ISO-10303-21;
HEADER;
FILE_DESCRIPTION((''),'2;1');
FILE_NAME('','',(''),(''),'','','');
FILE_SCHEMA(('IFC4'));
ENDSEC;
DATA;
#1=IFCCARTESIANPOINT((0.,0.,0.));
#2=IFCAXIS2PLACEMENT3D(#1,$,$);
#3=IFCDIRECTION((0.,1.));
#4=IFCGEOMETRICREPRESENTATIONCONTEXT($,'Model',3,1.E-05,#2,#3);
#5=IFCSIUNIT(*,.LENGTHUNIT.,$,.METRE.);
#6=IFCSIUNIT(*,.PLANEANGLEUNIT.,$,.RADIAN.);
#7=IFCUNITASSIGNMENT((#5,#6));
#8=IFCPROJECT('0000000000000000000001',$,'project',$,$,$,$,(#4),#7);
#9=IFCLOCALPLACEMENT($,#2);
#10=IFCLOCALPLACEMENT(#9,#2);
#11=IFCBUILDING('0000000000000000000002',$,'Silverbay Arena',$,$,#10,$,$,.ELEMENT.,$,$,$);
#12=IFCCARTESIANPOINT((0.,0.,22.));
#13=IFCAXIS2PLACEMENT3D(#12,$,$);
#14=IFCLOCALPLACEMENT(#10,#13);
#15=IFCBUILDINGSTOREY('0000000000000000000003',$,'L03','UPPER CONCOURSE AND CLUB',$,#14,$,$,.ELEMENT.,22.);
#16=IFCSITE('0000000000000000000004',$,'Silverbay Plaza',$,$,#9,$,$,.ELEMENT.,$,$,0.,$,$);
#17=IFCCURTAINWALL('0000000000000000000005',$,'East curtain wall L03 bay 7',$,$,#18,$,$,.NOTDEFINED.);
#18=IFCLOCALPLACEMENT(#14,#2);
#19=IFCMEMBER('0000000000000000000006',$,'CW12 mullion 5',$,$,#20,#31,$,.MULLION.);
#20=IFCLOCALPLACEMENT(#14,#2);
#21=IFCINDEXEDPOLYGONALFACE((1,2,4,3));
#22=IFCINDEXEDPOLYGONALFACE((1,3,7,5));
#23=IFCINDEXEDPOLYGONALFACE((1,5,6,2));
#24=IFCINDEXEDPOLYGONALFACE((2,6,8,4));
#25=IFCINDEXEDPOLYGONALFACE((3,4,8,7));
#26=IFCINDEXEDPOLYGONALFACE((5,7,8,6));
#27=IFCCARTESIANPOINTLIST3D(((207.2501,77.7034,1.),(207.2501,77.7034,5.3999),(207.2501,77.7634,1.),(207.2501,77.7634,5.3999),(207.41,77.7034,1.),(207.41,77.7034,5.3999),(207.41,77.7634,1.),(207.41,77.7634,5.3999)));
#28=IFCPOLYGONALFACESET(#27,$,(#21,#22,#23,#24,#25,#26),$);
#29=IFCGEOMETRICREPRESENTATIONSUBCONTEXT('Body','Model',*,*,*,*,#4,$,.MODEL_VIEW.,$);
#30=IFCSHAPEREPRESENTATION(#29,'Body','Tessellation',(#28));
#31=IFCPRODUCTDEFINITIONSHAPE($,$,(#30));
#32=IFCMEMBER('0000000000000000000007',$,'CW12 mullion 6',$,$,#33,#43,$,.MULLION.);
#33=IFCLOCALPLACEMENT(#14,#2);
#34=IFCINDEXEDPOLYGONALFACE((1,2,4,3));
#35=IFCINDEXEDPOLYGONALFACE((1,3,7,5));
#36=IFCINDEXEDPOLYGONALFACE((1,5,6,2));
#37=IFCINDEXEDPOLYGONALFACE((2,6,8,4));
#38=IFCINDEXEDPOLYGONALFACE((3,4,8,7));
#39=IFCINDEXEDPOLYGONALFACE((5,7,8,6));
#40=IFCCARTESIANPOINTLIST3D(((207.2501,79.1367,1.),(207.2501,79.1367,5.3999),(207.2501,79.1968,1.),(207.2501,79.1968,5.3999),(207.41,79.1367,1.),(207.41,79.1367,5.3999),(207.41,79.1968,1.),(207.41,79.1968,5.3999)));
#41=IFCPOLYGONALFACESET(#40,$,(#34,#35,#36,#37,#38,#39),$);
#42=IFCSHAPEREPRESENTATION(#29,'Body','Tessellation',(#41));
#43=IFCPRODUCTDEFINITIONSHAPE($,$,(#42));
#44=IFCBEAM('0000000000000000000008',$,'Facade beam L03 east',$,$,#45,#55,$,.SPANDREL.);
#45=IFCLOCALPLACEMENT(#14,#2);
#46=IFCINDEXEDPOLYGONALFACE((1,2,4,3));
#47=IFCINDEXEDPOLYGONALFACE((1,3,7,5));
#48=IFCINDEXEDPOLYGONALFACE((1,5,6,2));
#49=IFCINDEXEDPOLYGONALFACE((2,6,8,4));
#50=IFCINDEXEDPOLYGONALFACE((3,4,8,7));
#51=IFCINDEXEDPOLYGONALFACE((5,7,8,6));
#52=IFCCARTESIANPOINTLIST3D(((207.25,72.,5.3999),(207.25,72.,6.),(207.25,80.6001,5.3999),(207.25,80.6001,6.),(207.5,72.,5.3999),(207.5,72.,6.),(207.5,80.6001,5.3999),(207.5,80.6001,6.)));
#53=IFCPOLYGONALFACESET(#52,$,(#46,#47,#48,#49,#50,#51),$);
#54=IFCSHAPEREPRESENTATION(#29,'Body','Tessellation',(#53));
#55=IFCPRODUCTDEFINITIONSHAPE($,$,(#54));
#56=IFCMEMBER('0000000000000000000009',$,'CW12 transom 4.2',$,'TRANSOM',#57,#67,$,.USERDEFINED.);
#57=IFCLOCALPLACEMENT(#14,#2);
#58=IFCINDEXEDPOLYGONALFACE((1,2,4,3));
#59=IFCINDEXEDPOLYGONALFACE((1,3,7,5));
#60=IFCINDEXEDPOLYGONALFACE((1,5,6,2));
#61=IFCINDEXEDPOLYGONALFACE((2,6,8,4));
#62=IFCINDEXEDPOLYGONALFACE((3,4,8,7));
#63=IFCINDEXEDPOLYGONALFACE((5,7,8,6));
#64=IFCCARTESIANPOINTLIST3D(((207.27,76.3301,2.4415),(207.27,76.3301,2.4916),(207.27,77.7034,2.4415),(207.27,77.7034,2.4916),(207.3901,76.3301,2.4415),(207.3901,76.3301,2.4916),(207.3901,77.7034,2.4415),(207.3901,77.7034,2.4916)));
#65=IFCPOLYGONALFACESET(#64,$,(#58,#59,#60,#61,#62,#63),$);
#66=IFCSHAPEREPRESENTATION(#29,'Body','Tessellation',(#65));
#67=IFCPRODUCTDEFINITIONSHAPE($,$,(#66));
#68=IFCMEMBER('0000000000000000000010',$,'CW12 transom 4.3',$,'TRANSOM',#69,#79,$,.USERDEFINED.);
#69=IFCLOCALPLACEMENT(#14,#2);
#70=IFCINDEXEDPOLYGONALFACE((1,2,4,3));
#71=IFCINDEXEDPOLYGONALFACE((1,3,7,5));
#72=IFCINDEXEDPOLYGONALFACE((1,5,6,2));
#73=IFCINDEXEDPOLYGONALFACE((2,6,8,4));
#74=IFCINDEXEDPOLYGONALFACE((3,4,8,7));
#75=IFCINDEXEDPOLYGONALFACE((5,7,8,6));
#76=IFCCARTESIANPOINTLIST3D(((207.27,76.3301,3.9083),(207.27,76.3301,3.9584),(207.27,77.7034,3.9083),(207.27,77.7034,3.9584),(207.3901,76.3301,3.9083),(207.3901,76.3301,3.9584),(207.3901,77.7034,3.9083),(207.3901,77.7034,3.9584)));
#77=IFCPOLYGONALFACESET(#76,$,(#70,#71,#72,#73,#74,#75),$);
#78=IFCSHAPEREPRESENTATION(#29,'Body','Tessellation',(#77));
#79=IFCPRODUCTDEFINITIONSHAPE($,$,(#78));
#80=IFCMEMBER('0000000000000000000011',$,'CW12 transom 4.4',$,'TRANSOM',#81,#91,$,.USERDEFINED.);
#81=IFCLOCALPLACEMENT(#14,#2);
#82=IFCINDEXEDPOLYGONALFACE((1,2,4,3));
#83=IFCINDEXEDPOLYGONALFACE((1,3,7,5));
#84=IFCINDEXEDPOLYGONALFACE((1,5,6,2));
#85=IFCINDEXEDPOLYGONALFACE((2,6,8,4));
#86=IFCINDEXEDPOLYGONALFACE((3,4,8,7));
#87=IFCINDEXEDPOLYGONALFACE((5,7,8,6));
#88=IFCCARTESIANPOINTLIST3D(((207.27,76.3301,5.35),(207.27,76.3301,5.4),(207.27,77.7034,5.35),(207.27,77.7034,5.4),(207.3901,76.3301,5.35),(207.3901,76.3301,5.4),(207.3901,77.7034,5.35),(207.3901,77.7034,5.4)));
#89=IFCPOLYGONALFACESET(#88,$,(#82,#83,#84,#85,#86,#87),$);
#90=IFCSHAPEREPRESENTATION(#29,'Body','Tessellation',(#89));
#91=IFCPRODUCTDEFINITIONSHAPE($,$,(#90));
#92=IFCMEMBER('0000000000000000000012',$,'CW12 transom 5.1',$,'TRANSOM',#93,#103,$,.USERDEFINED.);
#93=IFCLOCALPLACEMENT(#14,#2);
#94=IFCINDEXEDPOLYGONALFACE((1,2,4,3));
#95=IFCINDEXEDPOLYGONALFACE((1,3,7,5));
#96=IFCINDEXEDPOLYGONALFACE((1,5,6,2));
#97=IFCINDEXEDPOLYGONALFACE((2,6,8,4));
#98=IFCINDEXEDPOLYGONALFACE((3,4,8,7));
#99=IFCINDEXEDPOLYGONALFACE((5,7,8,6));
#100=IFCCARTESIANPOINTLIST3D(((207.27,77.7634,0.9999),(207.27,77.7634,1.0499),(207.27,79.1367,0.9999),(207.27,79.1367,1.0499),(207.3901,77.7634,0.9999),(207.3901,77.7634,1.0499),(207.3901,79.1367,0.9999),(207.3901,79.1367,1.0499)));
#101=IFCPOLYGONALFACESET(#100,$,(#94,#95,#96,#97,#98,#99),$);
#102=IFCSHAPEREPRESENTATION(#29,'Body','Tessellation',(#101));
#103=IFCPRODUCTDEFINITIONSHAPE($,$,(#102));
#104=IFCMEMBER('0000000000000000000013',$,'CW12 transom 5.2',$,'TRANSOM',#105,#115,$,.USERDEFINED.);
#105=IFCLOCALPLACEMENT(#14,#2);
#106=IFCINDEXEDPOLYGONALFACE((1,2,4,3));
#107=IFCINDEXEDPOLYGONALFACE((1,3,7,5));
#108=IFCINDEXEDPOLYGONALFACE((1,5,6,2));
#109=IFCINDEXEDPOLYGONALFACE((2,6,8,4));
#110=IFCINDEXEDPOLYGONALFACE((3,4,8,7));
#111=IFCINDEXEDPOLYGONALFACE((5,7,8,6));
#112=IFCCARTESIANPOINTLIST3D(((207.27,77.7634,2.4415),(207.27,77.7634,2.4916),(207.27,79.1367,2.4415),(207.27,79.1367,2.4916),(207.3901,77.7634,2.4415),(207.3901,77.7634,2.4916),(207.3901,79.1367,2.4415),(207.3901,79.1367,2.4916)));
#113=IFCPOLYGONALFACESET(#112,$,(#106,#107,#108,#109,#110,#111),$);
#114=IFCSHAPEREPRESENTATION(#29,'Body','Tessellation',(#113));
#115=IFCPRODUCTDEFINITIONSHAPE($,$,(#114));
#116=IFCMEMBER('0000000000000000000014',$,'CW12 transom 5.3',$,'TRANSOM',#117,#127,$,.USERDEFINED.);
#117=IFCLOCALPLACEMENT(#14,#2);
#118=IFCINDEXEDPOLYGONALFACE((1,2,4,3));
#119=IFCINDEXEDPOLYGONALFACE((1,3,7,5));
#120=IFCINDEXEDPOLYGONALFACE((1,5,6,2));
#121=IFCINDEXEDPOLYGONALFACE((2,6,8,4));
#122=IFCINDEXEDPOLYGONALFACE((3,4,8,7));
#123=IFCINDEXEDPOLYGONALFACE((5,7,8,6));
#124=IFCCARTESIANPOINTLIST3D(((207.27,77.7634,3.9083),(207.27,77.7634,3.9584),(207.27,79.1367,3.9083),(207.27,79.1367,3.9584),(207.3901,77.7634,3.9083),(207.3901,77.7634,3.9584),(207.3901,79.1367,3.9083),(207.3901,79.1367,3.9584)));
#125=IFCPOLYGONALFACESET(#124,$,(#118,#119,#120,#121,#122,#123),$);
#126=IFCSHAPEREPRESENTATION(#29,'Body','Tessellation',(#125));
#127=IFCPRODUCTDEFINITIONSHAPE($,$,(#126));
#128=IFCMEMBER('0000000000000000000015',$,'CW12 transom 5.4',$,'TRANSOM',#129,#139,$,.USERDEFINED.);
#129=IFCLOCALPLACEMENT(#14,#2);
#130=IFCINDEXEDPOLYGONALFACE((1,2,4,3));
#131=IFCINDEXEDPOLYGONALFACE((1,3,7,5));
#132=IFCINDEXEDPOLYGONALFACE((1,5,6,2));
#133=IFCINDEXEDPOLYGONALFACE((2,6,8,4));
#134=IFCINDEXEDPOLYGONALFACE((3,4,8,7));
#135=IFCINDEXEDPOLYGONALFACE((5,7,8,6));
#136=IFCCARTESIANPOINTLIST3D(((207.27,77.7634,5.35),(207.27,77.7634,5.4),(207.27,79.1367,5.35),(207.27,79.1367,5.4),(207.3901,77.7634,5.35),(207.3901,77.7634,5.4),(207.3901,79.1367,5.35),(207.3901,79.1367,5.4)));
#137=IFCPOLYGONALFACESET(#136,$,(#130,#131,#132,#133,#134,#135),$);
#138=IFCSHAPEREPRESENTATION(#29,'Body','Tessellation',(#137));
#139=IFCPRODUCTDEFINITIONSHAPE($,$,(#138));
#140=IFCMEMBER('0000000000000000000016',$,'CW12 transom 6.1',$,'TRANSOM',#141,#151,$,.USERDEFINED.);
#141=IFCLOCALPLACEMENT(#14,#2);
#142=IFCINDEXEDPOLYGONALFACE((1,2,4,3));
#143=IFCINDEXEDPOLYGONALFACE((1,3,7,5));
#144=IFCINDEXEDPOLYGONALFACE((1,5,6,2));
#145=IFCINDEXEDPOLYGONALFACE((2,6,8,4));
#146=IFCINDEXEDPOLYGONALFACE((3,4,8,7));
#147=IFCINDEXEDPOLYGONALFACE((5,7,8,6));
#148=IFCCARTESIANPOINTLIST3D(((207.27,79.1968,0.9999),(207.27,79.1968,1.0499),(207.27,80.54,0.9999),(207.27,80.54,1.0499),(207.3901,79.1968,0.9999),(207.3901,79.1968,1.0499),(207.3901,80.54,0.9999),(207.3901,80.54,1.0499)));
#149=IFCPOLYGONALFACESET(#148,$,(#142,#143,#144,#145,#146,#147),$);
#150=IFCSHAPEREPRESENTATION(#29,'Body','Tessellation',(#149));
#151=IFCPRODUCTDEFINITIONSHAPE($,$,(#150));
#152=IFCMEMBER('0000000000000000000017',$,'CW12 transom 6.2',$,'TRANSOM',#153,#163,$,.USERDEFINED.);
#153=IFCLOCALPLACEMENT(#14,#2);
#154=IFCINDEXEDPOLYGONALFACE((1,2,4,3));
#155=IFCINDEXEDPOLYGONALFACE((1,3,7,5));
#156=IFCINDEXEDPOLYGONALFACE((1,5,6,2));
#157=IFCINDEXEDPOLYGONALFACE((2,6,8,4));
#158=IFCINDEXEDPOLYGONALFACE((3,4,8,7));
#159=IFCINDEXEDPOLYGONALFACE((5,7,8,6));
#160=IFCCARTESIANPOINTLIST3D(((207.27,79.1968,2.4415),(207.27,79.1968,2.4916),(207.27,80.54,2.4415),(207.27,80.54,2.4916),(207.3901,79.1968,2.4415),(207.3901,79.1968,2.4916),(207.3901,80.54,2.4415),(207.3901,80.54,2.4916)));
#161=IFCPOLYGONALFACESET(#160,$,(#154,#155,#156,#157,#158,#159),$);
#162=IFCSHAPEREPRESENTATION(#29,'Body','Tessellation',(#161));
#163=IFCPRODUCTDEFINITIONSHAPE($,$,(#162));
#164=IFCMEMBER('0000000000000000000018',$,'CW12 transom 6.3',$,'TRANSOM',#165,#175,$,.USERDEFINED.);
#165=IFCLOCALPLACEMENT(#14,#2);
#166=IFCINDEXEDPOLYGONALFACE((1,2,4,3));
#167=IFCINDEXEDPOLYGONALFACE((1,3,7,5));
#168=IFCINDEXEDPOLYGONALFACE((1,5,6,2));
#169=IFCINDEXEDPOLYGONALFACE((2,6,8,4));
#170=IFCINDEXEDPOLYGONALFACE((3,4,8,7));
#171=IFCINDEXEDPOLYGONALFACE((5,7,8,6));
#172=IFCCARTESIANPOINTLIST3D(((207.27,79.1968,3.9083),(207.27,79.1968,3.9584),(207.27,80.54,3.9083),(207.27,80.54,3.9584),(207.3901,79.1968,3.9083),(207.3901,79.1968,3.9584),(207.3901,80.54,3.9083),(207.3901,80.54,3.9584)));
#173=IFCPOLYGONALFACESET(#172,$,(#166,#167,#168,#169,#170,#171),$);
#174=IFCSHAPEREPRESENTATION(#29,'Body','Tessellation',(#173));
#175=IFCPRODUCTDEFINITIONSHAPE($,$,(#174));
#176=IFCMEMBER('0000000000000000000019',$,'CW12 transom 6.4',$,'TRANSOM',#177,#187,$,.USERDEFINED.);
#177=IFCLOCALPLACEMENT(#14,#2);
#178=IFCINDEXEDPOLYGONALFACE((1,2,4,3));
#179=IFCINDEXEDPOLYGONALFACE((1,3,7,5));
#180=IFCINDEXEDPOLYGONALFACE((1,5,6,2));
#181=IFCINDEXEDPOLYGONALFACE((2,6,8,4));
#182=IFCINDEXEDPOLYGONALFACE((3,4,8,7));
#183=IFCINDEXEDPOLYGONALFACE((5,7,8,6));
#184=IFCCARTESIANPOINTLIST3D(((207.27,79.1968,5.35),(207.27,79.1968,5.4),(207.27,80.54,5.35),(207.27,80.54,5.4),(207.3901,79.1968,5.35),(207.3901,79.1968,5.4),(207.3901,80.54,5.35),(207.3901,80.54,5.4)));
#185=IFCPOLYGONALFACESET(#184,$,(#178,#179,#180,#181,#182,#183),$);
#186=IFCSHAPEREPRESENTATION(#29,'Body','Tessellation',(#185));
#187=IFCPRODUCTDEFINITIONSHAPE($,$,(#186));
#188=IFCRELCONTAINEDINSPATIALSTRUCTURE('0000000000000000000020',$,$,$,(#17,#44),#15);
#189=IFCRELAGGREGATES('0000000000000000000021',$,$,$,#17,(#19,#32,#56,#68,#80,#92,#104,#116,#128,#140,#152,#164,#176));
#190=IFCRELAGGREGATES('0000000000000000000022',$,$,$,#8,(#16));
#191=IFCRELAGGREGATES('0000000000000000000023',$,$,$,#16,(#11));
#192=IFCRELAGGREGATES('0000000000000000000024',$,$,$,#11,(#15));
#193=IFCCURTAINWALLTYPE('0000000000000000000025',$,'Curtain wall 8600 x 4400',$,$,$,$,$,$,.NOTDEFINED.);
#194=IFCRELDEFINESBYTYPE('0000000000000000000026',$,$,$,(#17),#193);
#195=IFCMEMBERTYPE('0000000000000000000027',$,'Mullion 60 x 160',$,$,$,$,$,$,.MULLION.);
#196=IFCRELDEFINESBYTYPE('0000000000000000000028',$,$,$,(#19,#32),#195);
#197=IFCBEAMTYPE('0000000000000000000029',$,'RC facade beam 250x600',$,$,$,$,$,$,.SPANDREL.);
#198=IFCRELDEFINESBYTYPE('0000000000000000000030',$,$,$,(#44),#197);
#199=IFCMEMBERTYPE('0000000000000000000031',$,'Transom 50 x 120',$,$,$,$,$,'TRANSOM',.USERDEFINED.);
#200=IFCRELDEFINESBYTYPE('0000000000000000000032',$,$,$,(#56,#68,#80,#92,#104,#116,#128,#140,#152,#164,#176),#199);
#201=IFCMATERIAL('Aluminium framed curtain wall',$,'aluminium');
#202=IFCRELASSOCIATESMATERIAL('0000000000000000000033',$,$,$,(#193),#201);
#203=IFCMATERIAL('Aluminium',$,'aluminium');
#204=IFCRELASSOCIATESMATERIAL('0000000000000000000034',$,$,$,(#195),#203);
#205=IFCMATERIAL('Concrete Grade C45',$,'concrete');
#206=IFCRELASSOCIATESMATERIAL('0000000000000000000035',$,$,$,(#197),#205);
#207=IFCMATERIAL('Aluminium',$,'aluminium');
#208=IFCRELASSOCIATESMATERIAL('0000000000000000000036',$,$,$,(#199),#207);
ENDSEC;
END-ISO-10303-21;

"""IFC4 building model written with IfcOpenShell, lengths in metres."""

from ifc_helpers import new_model, si_unit, direction, frame, origin, origin_2d, place, context, subcontext, project, spatial, rectangle, extrude, material, material_profile, profile_set, type_object, element, aggregate, save


model = new_model("IFC4")

# Units and contexts
model_context = context("Model", 3, precision=1e-05, world=origin(), true_north=direction((0.0, 1.0)))
body_context = subcontext(model_context, "Body", "Model", "MODEL_VIEW")
ifc_project = project(units=[si_unit("LENGTHUNIT", "METRE"), si_unit("PLANEANGLEUNIT", "RADIAN")], contexts=[model_context])

# Site, building, storey
site_placement = place(None, origin())
site = spatial("IfcSite", under=ifc_project, at=site_placement, Name="Silverbay Plaza", CompositionType="ELEMENT", RefElevation=0.0)
building_placement = place(site_placement, origin())
building = spatial("IfcBuilding", under=site, at=building_placement, Name="Silverbay Arena", CompositionType="ELEMENT")
storey_placement = place(building_placement, frame((0.0, 0.0, 22.0)))
storey = spatial("IfcBuildingStorey", under=building, at=storey_placement, Name="L03", Description="UPPER CONCOURSE AND CLUB", CompositionType="ELEMENT", Elevation=22.0)

# Curtain wall, members
ifc_material_1 = material(Name="Aluminium framed curtain wall", Category="aluminium")
curtain_wall_type = type_object("IfcCurtainWallType", Name="Curtain wall 8600 x 4400", PredefinedType="NOTDEFINED", material=ifc_material_1)
curtain_wall_placement = place(storey_placement, origin())
curtain_wall = element("IfcCurtainWall", 1, at=curtain_wall_placement, inside=storey, type_object=curtain_wall_type, Name="East curtain wall L03 bay 7", PredefinedType="NOTDEFINED")
ifc_material_2 = material(Name="Aluminium", Category="aluminium")
ifc_material_profile_1 = material_profile(ifc_material_2, rectangle(XDim=0.1599, YDim=0.0601, at=origin_2d()), Name="Mullion 60 x 160")
ifc_profile_set_1 = profile_set([ifc_material_profile_1], Name="Aluminium")
member_type_1 = type_object("IfcMemberType", Name="Mullion 60 x 160", PredefinedType="MULLION", material=ifc_profile_set_1)
member_1_placement = place(storey_placement, frame((207.3301, 77.7334, 1.0), z_axis=(0.0, 0.0, 1.0), x_axis=(-1.0, 0.0, 0.0)))
member_1 = element("IfcMember", 2, at=member_1_placement, type_object=member_type_1, Name="CW12 mullion 5", PredefinedType="MULLION", context=body_context, shape_type="SweptSolid", body=[
    extrude(rectangle(XDim=0.1599, YDim=0.0601, at=origin_2d()), origin(), (0.0, 0.0, 1.0), 4.3999),
])
member_2_placement = place(storey_placement, frame((207.3301, 79.1667, 1.0), z_axis=(0.0, 0.0, 1.0), x_axis=(-1.0, 0.0, 0.0)))
member_2 = element("IfcMember", 3, at=member_2_placement, type_object=member_type_1, Name="CW12 mullion 6", PredefinedType="MULLION", context=body_context, shape_type="SweptSolid", body=[
    extrude(rectangle(XDim=0.1599, YDim=0.0601, at=origin_2d()), origin(), (0.0, 0.0, 1.0), 4.3999),
])

# Beam
ifc_material_3 = material(Name="Concrete Grade C45", Category="concrete")
ifc_material_profile_2 = material_profile(ifc_material_3, rectangle(XDim=0.25, YDim=0.6001, at=origin_2d()), Name="RC 250x600")
ifc_profile_set_2 = profile_set([ifc_material_profile_2], Name="Concrete Grade C45")
beam_type = type_object("IfcBeamType", Name="RC facade beam 250x600", PredefinedType="SPANDREL", material=ifc_profile_set_2)
beam_placement = place(storey_placement, frame((207.375, 72.0, 5.7), z_axis=(0.0, 1.0, 0.0), x_axis=(-1.0, 0.0, 0.0)))
element("IfcBeam", 4, at=beam_placement, inside=storey, type_object=beam_type, Name="Facade beam L03 east", PredefinedType="SPANDREL", context=body_context, shape_type="SweptSolid", body=[
    extrude(rectangle(XDim=0.25, YDim=0.6001, at=origin_2d()), origin(), (0.0, 0.0, 1.0), 8.6001),
])

# Members
ifc_material_4 = material(Name="Aluminium", Category="aluminium")
ifc_material_profile_3 = material_profile(ifc_material_4, rectangle(XDim=0.1201, YDim=0.05, at=origin_2d()), Name="Transom 50 x 120")
ifc_profile_set_3 = profile_set([ifc_material_profile_3], Name="Aluminium")
member_type_2 = type_object("IfcMemberType", Name="Transom 50 x 120", ElementType="TRANSOM", PredefinedType="USERDEFINED", material=ifc_profile_set_3)
member_3_placement = place(storey_placement, frame((207.3301, 76.3301, 2.4666), z_axis=(0.0, 1.0, 0.0), x_axis=(-1.0, 0.0, 0.0)))
member_3 = element("IfcMember", 5, at=member_3_placement, type_object=member_type_2, Name="CW12 transom 4.2", ObjectType="TRANSOM", PredefinedType="USERDEFINED", context=body_context, shape_type="SweptSolid", body=[
    extrude(rectangle(XDim=0.1201, YDim=0.05, at=origin_2d()), origin(), (0.0, 0.0, 1.0), 1.3733),
])
member_4_placement = place(storey_placement, frame((207.3301, 76.3301, 3.9333), z_axis=(0.0, 1.0, 0.0), x_axis=(-1.0, 0.0, 0.0)))
member_4 = element("IfcMember", 6, at=member_4_placement, type_object=member_type_2, Name="CW12 transom 4.3", ObjectType="TRANSOM", PredefinedType="USERDEFINED", context=body_context, shape_type="SweptSolid", body=[
    extrude(rectangle(XDim=0.1201, YDim=0.05, at=origin_2d()), origin(), (0.0, 0.0, 1.0), 1.3733),
])
member_5_placement = place(storey_placement, frame((207.3301, 76.3301, 5.375), z_axis=(0.0, 1.0, 0.0), x_axis=(-1.0, 0.0, 0.0)))
member_5 = element("IfcMember", 7, at=member_5_placement, type_object=member_type_2, Name="CW12 transom 4.4", ObjectType="TRANSOM", PredefinedType="USERDEFINED", context=body_context, shape_type="SweptSolid", body=[
    extrude(rectangle(XDim=0.1201, YDim=0.05, at=origin_2d()), origin(), (0.0, 0.0, 1.0), 1.3733),
])
member_6_placement = place(storey_placement, frame((207.3301, 77.7634, 1.0249), z_axis=(0.0, 1.0, 0.0), x_axis=(-1.0, 0.0, 0.0)))
member_6 = element("IfcMember", 8, at=member_6_placement, type_object=member_type_2, Name="CW12 transom 5.1", ObjectType="TRANSOM", PredefinedType="USERDEFINED", context=body_context, shape_type="SweptSolid", body=[
    extrude(rectangle(XDim=0.1201, YDim=0.05, at=origin_2d()), origin(), (0.0, 0.0, 1.0), 1.3733),
])
member_7_placement = place(storey_placement, frame((207.3301, 77.7634, 2.4666), z_axis=(0.0, 1.0, 0.0), x_axis=(-1.0, 0.0, 0.0)))
member_7 = element("IfcMember", 9, at=member_7_placement, type_object=member_type_2, Name="CW12 transom 5.2", ObjectType="TRANSOM", PredefinedType="USERDEFINED", context=body_context, shape_type="SweptSolid", body=[
    extrude(rectangle(XDim=0.1201, YDim=0.05, at=origin_2d()), origin(), (0.0, 0.0, 1.0), 1.3733),
])
member_8_placement = place(storey_placement, frame((207.3301, 77.7634, 3.9333), z_axis=(0.0, 1.0, 0.0), x_axis=(-1.0, 0.0, 0.0)))
member_8 = element("IfcMember", 10, at=member_8_placement, type_object=member_type_2, Name="CW12 transom 5.3", ObjectType="TRANSOM", PredefinedType="USERDEFINED", context=body_context, shape_type="SweptSolid", body=[
    extrude(rectangle(XDim=0.1201, YDim=0.05, at=origin_2d()), origin(), (0.0, 0.0, 1.0), 1.3733),
])
member_9_placement = place(storey_placement, frame((207.3301, 77.7634, 5.375), z_axis=(0.0, 1.0, 0.0), x_axis=(-1.0, 0.0, 0.0)))
member_9 = element("IfcMember", 11, at=member_9_placement, type_object=member_type_2, Name="CW12 transom 5.4", ObjectType="TRANSOM", PredefinedType="USERDEFINED", context=body_context, shape_type="SweptSolid", body=[
    extrude(rectangle(XDim=0.1201, YDim=0.05, at=origin_2d()), origin(), (0.0, 0.0, 1.0), 1.3733),
])
member_10_placement = place(storey_placement, frame((207.3301, 79.1968, 1.0249), z_axis=(0.0, 1.0, 0.0), x_axis=(-1.0, 0.0, 0.0)))
member_10 = element("IfcMember", 12, at=member_10_placement, type_object=member_type_2, Name="CW12 transom 6.1", ObjectType="TRANSOM", PredefinedType="USERDEFINED", context=body_context, shape_type="SweptSolid", body=[
    extrude(rectangle(XDim=0.1201, YDim=0.05, at=origin_2d()), origin(), (0.0, 0.0, 1.0), 1.3433),
])
member_11_placement = place(storey_placement, frame((207.3301, 79.1968, 2.4666), z_axis=(0.0, 1.0, 0.0), x_axis=(-1.0, 0.0, 0.0)))
member_11 = element("IfcMember", 13, at=member_11_placement, type_object=member_type_2, Name="CW12 transom 6.2", ObjectType="TRANSOM", PredefinedType="USERDEFINED", context=body_context, shape_type="SweptSolid", body=[
    extrude(rectangle(XDim=0.1201, YDim=0.05, at=origin_2d()), origin(), (0.0, 0.0, 1.0), 1.3433),
])
member_12_placement = place(storey_placement, frame((207.3301, 79.1968, 3.9333), z_axis=(0.0, 1.0, 0.0), x_axis=(-1.0, 0.0, 0.0)))
member_12 = element("IfcMember", 14, at=member_12_placement, type_object=member_type_2, Name="CW12 transom 6.3", ObjectType="TRANSOM", PredefinedType="USERDEFINED", context=body_context, shape_type="SweptSolid", body=[
    extrude(rectangle(XDim=0.1201, YDim=0.05, at=origin_2d()), origin(), (0.0, 0.0, 1.0), 1.3433),
])
member_13_placement = place(storey_placement, frame((207.3301, 79.1968, 5.375), z_axis=(0.0, 1.0, 0.0), x_axis=(-1.0, 0.0, 0.0)))
member_13 = element("IfcMember", 15, at=member_13_placement, type_object=member_type_2, Name="CW12 transom 6.4", ObjectType="TRANSOM", PredefinedType="USERDEFINED", context=body_context, shape_type="SweptSolid", body=[
    extrude(rectangle(XDim=0.1201, YDim=0.05, at=origin_2d()), origin(), (0.0, 0.0, 1.0), 1.3433),
])

aggregate(curtain_wall, [member_1, member_2, member_3, member_4, member_5, member_6, member_7, member_8, member_9, member_10, member_11, member_12, member_13])

save(model, "model.ifc")
